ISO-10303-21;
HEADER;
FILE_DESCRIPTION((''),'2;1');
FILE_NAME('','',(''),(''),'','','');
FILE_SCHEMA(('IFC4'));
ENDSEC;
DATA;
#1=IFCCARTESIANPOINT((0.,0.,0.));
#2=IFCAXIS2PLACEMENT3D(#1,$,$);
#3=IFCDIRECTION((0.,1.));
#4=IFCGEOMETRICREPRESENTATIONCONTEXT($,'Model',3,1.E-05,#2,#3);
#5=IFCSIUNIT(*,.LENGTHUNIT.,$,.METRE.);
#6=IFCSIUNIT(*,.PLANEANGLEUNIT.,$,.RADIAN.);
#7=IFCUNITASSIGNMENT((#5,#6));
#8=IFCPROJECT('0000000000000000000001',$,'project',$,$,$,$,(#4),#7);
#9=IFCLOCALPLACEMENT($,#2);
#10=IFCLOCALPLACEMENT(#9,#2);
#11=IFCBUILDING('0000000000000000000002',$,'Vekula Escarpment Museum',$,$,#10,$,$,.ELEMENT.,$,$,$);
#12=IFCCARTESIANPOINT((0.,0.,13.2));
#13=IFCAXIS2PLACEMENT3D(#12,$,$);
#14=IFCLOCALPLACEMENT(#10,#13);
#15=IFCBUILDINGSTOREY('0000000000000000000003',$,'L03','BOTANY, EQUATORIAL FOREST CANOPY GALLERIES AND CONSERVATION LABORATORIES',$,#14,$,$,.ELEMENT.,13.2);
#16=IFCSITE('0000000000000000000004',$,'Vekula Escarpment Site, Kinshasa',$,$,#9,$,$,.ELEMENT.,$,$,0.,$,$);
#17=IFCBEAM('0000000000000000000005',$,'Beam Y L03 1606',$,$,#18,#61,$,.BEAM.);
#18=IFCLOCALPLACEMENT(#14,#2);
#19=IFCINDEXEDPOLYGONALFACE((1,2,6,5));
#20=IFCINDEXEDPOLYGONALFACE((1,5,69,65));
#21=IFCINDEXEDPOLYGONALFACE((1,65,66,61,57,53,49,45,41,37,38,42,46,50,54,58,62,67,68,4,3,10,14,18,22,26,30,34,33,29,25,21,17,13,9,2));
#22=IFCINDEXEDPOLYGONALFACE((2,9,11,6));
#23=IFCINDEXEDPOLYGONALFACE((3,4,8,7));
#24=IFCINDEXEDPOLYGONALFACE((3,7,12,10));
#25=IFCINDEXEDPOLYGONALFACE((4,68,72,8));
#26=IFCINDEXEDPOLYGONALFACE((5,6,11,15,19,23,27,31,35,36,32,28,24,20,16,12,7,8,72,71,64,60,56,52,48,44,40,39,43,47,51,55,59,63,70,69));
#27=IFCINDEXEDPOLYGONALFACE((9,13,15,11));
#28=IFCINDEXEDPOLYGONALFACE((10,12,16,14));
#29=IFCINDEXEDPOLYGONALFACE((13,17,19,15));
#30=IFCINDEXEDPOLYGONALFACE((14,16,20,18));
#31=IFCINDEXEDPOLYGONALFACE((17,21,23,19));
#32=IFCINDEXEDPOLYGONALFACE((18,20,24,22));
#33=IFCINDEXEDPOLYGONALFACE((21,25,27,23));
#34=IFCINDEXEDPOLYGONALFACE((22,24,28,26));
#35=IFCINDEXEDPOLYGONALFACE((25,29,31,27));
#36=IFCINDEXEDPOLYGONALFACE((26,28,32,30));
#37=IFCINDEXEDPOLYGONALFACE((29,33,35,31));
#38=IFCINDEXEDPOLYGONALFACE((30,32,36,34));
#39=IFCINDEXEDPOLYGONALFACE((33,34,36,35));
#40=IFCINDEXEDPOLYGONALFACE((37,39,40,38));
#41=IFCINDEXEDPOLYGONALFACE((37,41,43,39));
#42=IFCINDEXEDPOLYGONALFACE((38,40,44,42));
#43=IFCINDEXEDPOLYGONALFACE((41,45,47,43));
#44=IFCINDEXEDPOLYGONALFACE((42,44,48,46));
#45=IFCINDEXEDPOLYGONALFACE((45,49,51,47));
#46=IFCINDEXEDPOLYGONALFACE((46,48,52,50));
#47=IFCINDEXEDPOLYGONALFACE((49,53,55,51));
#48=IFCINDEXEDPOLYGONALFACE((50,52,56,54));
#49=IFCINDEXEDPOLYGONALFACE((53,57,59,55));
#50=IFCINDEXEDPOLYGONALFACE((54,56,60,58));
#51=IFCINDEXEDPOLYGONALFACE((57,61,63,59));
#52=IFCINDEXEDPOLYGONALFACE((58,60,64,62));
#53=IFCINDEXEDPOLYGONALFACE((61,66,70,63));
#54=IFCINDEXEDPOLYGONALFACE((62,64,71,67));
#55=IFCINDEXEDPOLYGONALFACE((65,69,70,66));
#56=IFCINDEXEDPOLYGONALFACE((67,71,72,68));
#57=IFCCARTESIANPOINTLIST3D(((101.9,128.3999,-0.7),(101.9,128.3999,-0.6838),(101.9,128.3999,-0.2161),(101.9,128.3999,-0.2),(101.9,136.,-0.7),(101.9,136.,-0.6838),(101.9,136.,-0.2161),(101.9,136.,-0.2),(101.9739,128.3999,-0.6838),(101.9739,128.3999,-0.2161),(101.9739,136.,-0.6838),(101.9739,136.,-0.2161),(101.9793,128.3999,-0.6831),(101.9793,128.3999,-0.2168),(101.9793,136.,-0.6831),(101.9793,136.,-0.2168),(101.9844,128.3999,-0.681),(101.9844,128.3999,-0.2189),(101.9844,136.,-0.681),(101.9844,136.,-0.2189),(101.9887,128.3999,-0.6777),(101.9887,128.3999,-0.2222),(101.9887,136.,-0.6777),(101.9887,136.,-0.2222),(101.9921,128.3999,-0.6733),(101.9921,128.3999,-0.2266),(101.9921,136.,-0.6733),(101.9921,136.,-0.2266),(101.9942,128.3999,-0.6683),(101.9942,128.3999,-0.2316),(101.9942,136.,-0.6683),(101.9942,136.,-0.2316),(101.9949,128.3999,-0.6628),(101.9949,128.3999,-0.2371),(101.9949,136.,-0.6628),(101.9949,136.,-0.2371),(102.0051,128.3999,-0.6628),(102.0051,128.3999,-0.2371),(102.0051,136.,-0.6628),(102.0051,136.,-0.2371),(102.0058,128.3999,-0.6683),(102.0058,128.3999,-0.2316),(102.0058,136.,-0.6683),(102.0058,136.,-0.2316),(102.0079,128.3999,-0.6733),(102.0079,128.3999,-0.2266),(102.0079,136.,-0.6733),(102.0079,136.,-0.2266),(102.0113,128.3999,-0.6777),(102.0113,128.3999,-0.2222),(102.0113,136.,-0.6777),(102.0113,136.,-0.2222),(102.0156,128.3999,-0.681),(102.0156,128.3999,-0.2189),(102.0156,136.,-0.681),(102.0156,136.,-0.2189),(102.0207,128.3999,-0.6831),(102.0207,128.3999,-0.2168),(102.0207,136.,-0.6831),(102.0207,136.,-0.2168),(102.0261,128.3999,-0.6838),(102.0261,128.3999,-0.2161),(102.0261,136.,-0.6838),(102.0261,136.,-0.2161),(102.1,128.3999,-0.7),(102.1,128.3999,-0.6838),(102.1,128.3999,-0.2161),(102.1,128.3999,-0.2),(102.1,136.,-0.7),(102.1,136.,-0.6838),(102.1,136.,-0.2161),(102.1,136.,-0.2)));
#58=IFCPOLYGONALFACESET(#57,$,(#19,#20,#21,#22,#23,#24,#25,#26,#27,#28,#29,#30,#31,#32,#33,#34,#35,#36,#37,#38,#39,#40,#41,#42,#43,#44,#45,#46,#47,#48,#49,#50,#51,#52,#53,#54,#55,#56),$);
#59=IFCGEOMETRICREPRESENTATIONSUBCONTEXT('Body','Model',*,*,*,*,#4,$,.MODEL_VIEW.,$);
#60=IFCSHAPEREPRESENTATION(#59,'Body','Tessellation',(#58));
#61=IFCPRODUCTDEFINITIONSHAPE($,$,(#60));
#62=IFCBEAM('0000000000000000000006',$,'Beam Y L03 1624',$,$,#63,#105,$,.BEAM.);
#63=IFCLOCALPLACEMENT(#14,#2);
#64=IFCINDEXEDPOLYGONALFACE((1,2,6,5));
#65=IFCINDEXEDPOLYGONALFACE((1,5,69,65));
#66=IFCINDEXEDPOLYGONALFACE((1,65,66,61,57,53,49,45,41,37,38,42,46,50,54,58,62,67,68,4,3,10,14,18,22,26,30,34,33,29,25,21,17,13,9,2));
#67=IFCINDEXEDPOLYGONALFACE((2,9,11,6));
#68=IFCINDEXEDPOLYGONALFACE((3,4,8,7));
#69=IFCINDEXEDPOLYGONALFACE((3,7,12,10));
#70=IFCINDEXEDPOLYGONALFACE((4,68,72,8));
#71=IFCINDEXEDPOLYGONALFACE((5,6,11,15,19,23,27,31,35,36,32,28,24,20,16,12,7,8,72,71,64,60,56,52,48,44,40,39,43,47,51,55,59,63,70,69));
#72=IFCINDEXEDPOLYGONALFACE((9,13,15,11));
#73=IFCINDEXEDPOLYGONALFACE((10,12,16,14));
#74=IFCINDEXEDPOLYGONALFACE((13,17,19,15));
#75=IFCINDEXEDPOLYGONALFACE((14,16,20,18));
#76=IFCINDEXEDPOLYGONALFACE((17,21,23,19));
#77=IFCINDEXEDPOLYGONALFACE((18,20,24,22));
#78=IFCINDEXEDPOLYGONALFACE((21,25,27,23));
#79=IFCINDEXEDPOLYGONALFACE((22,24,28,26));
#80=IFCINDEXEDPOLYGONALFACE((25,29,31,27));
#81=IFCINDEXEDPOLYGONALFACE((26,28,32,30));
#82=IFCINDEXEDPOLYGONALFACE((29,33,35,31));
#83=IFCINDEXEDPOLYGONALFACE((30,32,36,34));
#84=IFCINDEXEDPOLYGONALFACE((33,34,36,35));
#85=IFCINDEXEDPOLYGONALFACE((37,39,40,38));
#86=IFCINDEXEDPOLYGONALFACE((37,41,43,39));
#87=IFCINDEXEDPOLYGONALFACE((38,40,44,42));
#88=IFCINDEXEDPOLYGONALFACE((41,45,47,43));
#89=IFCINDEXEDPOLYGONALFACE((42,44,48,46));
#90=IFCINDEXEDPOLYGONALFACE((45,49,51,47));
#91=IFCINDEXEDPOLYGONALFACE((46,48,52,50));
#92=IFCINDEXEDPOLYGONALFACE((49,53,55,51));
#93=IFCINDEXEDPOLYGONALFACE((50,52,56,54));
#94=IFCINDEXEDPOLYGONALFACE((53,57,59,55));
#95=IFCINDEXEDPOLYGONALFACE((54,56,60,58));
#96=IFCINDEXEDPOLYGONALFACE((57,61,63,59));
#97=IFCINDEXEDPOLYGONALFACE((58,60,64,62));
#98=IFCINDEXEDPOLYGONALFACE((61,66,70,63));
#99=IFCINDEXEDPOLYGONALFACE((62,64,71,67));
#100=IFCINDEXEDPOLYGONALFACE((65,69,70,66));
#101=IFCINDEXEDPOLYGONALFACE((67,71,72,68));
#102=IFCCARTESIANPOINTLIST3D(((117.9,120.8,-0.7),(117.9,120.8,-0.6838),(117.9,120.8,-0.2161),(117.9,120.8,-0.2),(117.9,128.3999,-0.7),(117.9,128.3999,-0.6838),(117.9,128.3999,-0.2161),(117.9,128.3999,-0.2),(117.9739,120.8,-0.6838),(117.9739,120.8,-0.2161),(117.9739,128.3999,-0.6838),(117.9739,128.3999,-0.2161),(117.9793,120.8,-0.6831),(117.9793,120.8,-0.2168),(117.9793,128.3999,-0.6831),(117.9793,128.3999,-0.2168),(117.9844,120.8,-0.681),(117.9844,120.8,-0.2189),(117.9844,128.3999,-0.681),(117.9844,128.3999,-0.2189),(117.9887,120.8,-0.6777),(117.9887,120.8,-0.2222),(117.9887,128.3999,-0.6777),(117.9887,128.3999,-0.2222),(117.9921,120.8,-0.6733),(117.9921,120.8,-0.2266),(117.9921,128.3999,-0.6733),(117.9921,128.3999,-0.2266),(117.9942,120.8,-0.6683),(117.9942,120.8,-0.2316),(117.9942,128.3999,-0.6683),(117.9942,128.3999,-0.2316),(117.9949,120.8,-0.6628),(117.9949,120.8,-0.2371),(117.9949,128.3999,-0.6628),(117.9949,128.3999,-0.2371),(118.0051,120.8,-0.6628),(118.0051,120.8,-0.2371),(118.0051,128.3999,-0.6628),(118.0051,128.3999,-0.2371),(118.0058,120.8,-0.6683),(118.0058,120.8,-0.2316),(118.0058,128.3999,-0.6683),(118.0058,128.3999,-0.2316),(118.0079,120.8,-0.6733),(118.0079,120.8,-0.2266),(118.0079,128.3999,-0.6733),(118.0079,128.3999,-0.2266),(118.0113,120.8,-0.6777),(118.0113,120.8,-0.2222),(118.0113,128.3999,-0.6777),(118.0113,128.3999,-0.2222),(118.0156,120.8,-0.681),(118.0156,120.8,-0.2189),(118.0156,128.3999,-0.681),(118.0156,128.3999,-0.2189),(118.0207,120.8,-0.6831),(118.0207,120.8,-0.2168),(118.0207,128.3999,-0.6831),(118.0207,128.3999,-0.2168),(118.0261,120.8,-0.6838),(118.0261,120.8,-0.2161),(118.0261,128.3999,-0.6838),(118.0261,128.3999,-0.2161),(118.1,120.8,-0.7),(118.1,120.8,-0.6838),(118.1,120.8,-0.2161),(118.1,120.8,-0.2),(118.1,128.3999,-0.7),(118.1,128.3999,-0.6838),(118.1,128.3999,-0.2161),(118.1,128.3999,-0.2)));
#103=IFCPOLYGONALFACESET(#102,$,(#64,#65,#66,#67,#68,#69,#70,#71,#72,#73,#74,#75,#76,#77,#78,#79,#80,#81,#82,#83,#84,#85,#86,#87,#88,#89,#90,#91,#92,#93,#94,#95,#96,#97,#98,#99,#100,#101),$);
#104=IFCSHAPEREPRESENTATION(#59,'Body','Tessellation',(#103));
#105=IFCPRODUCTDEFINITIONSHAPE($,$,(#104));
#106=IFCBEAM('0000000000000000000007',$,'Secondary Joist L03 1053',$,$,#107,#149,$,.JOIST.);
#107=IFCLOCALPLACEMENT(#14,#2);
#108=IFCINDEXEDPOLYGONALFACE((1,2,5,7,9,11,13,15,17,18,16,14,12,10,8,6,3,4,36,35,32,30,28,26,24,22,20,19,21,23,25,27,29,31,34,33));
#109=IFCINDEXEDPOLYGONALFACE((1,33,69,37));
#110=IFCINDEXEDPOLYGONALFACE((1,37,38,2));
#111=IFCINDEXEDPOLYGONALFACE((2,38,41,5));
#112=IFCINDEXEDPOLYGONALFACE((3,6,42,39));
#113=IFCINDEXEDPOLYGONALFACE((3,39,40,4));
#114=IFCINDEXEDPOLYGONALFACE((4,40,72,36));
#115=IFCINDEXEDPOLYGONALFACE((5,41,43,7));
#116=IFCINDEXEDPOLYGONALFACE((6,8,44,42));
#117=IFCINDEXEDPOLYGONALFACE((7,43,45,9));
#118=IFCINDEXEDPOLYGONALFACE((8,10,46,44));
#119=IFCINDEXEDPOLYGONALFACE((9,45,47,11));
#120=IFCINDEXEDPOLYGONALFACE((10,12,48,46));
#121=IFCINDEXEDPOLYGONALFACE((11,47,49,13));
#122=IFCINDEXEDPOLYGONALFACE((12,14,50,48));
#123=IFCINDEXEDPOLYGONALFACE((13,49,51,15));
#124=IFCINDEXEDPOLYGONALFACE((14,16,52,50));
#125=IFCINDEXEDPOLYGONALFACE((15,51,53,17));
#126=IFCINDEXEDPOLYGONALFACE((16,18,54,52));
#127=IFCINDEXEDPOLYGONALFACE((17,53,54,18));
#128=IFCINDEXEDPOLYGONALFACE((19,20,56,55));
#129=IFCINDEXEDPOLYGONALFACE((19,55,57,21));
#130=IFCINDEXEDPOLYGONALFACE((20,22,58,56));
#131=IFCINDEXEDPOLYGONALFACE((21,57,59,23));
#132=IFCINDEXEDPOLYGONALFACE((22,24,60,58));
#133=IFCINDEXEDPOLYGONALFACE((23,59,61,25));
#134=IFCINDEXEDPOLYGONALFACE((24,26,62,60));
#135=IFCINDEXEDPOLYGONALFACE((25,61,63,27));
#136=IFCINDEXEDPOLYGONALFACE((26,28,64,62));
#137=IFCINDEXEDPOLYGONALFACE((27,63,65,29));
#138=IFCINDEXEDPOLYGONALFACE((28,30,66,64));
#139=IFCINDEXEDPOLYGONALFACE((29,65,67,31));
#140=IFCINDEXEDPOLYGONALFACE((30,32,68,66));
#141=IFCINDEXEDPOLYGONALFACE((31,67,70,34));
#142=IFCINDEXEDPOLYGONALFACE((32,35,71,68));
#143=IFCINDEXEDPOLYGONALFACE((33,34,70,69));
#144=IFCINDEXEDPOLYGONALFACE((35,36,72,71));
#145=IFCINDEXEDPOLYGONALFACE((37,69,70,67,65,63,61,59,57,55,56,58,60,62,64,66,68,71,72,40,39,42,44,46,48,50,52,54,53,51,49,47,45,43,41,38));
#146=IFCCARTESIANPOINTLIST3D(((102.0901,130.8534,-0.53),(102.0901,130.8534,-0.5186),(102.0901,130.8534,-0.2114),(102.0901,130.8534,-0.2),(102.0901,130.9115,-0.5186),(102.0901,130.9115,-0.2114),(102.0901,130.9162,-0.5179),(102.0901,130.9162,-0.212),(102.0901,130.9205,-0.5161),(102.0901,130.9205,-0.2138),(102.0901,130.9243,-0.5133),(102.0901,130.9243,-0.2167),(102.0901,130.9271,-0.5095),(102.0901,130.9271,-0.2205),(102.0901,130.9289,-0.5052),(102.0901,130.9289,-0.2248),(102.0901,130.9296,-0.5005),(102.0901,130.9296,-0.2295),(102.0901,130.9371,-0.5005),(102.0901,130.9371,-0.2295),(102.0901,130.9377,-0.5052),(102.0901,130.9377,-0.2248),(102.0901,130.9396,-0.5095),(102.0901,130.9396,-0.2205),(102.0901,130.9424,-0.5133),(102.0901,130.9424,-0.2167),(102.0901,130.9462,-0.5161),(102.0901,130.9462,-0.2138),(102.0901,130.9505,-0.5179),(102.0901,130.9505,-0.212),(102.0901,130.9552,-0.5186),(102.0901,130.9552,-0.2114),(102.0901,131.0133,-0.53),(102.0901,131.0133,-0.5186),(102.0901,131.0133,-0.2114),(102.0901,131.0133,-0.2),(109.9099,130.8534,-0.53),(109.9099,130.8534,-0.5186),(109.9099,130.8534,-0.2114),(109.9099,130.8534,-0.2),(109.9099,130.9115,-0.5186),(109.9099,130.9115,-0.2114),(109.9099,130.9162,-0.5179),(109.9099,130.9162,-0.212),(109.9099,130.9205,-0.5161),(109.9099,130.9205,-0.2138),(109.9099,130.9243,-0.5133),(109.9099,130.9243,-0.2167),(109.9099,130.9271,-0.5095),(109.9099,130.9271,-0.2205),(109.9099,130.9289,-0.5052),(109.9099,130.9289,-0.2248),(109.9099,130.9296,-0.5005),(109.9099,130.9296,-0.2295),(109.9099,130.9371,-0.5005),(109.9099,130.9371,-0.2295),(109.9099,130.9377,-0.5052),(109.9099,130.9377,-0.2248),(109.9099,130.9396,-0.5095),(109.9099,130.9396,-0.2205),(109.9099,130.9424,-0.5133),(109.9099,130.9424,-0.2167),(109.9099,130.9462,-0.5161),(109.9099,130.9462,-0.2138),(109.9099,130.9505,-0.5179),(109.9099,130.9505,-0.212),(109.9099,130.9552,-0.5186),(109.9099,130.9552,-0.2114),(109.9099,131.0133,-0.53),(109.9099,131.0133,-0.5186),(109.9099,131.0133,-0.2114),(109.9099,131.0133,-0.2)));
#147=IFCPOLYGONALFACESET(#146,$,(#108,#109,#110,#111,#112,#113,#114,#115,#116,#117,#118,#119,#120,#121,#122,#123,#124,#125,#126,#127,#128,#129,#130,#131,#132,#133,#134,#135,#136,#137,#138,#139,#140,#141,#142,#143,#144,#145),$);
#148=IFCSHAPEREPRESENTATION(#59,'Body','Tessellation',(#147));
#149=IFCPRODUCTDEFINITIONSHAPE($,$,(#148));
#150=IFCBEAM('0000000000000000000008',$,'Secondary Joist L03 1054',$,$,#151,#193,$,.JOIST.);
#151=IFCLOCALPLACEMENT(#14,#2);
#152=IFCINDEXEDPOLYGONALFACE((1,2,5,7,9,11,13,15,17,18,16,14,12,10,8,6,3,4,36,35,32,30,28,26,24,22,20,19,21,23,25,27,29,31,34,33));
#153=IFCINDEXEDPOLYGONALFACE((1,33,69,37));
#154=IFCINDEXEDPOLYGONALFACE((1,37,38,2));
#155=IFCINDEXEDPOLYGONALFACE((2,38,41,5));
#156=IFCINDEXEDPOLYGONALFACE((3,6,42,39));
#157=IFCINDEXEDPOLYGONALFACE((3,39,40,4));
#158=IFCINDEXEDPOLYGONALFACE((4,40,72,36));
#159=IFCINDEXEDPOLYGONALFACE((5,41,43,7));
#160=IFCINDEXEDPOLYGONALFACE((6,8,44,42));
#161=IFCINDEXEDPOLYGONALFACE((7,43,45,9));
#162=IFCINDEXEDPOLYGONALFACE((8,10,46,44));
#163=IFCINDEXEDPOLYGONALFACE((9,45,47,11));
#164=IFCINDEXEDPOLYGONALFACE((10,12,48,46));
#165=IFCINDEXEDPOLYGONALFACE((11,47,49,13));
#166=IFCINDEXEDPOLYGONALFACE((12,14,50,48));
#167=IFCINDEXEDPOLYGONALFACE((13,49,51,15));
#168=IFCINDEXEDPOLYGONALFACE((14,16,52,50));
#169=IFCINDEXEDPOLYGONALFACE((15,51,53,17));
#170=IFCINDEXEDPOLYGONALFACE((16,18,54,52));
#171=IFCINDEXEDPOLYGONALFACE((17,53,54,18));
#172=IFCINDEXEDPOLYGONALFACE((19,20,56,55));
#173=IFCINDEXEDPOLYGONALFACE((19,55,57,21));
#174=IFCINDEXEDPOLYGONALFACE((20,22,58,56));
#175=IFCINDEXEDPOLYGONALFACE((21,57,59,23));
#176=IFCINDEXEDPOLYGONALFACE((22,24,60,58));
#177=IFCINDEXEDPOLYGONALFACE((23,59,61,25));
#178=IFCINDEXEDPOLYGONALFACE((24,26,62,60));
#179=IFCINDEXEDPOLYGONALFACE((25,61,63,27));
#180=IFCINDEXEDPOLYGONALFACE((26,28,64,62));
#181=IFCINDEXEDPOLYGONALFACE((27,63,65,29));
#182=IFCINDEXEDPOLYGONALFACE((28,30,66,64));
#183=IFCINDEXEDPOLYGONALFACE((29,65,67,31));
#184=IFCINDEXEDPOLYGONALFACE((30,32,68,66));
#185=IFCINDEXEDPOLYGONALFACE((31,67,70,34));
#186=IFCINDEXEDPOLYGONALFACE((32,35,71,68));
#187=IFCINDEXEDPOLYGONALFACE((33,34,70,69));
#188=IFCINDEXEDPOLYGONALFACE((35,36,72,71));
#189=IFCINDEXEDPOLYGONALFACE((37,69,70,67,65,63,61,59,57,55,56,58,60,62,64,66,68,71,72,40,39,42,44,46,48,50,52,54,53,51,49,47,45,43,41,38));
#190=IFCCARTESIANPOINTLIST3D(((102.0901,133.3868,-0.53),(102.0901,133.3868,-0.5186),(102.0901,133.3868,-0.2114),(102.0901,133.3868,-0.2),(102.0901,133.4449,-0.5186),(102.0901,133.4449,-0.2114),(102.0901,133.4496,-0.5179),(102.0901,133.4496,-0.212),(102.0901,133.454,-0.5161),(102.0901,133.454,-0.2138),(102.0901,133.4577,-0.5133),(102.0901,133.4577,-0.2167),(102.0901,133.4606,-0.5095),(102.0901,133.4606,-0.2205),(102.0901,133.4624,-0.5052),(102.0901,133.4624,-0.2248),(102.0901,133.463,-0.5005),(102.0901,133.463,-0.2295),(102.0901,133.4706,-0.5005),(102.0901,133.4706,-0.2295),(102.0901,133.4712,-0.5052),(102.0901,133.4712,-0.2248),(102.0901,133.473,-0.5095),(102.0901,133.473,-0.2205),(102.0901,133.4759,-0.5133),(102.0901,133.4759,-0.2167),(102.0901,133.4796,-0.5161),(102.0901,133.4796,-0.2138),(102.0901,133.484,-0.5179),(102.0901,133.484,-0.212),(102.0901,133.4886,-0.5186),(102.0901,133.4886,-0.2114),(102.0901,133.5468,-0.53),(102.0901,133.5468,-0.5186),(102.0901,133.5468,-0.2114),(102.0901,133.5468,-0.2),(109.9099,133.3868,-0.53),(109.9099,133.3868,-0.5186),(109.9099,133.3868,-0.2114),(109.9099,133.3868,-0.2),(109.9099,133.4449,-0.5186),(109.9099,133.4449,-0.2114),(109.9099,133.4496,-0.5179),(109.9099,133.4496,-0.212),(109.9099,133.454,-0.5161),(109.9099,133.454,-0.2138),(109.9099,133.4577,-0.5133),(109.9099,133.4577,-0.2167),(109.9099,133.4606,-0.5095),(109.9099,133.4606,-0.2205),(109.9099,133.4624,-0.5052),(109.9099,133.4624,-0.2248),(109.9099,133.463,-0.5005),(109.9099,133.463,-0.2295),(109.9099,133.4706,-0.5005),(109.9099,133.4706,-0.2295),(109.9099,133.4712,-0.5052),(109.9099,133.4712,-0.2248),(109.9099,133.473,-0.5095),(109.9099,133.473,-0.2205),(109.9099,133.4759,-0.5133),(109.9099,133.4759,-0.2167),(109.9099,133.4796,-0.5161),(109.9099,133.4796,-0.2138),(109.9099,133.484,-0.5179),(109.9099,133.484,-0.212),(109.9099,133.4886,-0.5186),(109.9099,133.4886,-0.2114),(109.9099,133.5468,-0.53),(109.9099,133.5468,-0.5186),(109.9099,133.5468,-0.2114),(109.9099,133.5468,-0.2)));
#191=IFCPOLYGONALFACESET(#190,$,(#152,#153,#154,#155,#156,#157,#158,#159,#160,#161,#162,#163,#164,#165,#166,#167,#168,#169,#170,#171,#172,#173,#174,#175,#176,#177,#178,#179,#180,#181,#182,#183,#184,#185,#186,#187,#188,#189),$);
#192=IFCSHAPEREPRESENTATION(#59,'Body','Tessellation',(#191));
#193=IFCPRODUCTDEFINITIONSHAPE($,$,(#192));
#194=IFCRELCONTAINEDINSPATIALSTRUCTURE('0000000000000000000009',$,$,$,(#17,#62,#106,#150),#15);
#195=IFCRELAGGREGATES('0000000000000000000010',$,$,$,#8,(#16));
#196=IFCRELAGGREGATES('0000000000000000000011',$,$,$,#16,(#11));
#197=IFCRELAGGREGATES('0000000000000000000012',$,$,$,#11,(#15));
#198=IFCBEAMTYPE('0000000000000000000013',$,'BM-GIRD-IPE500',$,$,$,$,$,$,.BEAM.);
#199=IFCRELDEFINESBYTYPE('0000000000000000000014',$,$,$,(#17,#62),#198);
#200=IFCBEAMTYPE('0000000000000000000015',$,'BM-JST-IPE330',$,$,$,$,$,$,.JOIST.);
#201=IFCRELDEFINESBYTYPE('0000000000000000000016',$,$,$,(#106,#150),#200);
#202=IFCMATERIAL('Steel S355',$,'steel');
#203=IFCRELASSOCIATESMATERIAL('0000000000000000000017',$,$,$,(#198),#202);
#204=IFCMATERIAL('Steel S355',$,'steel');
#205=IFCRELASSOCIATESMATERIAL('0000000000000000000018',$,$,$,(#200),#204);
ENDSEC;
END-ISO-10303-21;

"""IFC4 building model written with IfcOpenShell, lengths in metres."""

from ifc_helpers import new_model, si_unit, direction, frame, origin, origin_2d, place, context, subcontext, project, spatial, i_section, extrude, material, material_profile, profile_set, type_object, element, save


model = new_model("IFC4")

# Units and contexts
model_context = context("Model", 3, precision=1e-05, world=origin(), true_north=direction((0.0, 1.0)))
body_context = subcontext(model_context, "Body", "Model", "MODEL_VIEW")
ifc_project = project(units=[si_unit("LENGTHUNIT", "METRE"), si_unit("PLANEANGLEUNIT", "RADIAN")], contexts=[model_context])

# Site, building, storey
site_placement = place(None, origin())
site = spatial("IfcSite", under=ifc_project, at=site_placement, Name="Vekula Escarpment Site, Kinshasa", CompositionType="ELEMENT", RefElevation=0.0)
building_placement = place(site_placement, origin())
building = spatial("IfcBuilding", under=site, at=building_placement, Name="Vekula Escarpment Museum", CompositionType="ELEMENT")
storey_placement = place(building_placement, frame((0.0, 0.0, 13.2)))
storey = spatial("IfcBuildingStorey", under=building, at=storey_placement, Name="L03", Description="BOTANY, EQUATORIAL FOREST CANOPY GALLERIES AND CONSERVATION LABORATORIES", CompositionType="ELEMENT", Elevation=13.2)

# Beams
ifc_material_1 = material(Name="Steel S355", Category="steel")
ifc_material_profile_1 = material_profile(ifc_material_1, i_section(OverallWidth=0.2, OverallDepth=0.5, WebThickness=0.0103, FlangeThickness=0.0161, FilletRadius=0.021, at=origin_2d()), Name="IPE 500")
ifc_profile_set_1 = profile_set([ifc_material_profile_1], Name="Steel S355")
beam_type_1 = type_object("IfcBeamType", Name="BM-GIRD-IPE500", PredefinedType="BEAM", material=ifc_profile_set_1)
beam_1_placement = place(storey_placement, frame((102.0, 128.3999, -0.45), z_axis=(0.0, 1.0, 0.0), x_axis=(-1.0, 0.0, 0.0)))
element("IfcBeam", 1, at=beam_1_placement, inside=storey, type_object=beam_type_1, Name="Beam Y L03 1606", PredefinedType="BEAM", context=body_context, shape_type="SweptSolid", body=[
    extrude(i_section(OverallWidth=0.2, OverallDepth=0.5, WebThickness=0.0103, FlangeThickness=0.0161, FilletRadius=0.021, at=origin_2d()), origin(), (0.0, 0.0, 1.0), 7.6001),
])
beam_2_placement = place(storey_placement, frame((118.0, 120.8, -0.45), z_axis=(0.0, 1.0, 0.0), x_axis=(-1.0, 0.0, 0.0)))
element("IfcBeam", 2, at=beam_2_placement, inside=storey, type_object=beam_type_1, Name="Beam Y L03 1624", PredefinedType="BEAM", context=body_context, shape_type="SweptSolid", body=[
    extrude(i_section(OverallWidth=0.2, OverallDepth=0.5, WebThickness=0.0103, FlangeThickness=0.0161, FilletRadius=0.021, at=origin_2d()), origin(), (0.0, 0.0, 1.0), 7.5999),
])
ifc_material_2 = material(Name="Steel S355", Category="steel")
ifc_material_profile_2 = material_profile(ifc_material_2, i_section(OverallWidth=0.1599, OverallDepth=0.3301, WebThickness=0.0076, FlangeThickness=0.0115, FilletRadius=0.0181, at=origin_2d()), Name="IPE 330")
ifc_profile_set_2 = profile_set([ifc_material_profile_2], Name="Steel S355")
beam_type_2 = type_object("IfcBeamType", Name="BM-JST-IPE330", PredefinedType="JOIST", material=ifc_profile_set_2)
for number, where, z_axis, x_axis, name in (
    (3, (102.0901, 130.9333, -0.365), (1.0, 0.0, 0.0), (0.0, 1.0, 0.0), "Secondary Joist L03 1053"),
    (4, (102.0901, 133.4668, -0.365), (1.0, 0.0, 0.0), (0.0, 1.0, 0.0), "Secondary Joist L03 1054"),
):
    element("IfcBeam", number, at=place(storey_placement, frame(where, z_axis=z_axis, x_axis=x_axis)), inside=storey, type_object=beam_type_2, Name=name, PredefinedType="JOIST", context=body_context, shape_type="SweptSolid", body=[
        extrude(i_section(OverallWidth=0.1599, OverallDepth=0.3301, WebThickness=0.0076, FlangeThickness=0.0115, FilletRadius=0.0181, at=origin_2d()), origin(), (0.0, 0.0, 1.0), 7.8198),
    ])

save(model, "model.ifc")
